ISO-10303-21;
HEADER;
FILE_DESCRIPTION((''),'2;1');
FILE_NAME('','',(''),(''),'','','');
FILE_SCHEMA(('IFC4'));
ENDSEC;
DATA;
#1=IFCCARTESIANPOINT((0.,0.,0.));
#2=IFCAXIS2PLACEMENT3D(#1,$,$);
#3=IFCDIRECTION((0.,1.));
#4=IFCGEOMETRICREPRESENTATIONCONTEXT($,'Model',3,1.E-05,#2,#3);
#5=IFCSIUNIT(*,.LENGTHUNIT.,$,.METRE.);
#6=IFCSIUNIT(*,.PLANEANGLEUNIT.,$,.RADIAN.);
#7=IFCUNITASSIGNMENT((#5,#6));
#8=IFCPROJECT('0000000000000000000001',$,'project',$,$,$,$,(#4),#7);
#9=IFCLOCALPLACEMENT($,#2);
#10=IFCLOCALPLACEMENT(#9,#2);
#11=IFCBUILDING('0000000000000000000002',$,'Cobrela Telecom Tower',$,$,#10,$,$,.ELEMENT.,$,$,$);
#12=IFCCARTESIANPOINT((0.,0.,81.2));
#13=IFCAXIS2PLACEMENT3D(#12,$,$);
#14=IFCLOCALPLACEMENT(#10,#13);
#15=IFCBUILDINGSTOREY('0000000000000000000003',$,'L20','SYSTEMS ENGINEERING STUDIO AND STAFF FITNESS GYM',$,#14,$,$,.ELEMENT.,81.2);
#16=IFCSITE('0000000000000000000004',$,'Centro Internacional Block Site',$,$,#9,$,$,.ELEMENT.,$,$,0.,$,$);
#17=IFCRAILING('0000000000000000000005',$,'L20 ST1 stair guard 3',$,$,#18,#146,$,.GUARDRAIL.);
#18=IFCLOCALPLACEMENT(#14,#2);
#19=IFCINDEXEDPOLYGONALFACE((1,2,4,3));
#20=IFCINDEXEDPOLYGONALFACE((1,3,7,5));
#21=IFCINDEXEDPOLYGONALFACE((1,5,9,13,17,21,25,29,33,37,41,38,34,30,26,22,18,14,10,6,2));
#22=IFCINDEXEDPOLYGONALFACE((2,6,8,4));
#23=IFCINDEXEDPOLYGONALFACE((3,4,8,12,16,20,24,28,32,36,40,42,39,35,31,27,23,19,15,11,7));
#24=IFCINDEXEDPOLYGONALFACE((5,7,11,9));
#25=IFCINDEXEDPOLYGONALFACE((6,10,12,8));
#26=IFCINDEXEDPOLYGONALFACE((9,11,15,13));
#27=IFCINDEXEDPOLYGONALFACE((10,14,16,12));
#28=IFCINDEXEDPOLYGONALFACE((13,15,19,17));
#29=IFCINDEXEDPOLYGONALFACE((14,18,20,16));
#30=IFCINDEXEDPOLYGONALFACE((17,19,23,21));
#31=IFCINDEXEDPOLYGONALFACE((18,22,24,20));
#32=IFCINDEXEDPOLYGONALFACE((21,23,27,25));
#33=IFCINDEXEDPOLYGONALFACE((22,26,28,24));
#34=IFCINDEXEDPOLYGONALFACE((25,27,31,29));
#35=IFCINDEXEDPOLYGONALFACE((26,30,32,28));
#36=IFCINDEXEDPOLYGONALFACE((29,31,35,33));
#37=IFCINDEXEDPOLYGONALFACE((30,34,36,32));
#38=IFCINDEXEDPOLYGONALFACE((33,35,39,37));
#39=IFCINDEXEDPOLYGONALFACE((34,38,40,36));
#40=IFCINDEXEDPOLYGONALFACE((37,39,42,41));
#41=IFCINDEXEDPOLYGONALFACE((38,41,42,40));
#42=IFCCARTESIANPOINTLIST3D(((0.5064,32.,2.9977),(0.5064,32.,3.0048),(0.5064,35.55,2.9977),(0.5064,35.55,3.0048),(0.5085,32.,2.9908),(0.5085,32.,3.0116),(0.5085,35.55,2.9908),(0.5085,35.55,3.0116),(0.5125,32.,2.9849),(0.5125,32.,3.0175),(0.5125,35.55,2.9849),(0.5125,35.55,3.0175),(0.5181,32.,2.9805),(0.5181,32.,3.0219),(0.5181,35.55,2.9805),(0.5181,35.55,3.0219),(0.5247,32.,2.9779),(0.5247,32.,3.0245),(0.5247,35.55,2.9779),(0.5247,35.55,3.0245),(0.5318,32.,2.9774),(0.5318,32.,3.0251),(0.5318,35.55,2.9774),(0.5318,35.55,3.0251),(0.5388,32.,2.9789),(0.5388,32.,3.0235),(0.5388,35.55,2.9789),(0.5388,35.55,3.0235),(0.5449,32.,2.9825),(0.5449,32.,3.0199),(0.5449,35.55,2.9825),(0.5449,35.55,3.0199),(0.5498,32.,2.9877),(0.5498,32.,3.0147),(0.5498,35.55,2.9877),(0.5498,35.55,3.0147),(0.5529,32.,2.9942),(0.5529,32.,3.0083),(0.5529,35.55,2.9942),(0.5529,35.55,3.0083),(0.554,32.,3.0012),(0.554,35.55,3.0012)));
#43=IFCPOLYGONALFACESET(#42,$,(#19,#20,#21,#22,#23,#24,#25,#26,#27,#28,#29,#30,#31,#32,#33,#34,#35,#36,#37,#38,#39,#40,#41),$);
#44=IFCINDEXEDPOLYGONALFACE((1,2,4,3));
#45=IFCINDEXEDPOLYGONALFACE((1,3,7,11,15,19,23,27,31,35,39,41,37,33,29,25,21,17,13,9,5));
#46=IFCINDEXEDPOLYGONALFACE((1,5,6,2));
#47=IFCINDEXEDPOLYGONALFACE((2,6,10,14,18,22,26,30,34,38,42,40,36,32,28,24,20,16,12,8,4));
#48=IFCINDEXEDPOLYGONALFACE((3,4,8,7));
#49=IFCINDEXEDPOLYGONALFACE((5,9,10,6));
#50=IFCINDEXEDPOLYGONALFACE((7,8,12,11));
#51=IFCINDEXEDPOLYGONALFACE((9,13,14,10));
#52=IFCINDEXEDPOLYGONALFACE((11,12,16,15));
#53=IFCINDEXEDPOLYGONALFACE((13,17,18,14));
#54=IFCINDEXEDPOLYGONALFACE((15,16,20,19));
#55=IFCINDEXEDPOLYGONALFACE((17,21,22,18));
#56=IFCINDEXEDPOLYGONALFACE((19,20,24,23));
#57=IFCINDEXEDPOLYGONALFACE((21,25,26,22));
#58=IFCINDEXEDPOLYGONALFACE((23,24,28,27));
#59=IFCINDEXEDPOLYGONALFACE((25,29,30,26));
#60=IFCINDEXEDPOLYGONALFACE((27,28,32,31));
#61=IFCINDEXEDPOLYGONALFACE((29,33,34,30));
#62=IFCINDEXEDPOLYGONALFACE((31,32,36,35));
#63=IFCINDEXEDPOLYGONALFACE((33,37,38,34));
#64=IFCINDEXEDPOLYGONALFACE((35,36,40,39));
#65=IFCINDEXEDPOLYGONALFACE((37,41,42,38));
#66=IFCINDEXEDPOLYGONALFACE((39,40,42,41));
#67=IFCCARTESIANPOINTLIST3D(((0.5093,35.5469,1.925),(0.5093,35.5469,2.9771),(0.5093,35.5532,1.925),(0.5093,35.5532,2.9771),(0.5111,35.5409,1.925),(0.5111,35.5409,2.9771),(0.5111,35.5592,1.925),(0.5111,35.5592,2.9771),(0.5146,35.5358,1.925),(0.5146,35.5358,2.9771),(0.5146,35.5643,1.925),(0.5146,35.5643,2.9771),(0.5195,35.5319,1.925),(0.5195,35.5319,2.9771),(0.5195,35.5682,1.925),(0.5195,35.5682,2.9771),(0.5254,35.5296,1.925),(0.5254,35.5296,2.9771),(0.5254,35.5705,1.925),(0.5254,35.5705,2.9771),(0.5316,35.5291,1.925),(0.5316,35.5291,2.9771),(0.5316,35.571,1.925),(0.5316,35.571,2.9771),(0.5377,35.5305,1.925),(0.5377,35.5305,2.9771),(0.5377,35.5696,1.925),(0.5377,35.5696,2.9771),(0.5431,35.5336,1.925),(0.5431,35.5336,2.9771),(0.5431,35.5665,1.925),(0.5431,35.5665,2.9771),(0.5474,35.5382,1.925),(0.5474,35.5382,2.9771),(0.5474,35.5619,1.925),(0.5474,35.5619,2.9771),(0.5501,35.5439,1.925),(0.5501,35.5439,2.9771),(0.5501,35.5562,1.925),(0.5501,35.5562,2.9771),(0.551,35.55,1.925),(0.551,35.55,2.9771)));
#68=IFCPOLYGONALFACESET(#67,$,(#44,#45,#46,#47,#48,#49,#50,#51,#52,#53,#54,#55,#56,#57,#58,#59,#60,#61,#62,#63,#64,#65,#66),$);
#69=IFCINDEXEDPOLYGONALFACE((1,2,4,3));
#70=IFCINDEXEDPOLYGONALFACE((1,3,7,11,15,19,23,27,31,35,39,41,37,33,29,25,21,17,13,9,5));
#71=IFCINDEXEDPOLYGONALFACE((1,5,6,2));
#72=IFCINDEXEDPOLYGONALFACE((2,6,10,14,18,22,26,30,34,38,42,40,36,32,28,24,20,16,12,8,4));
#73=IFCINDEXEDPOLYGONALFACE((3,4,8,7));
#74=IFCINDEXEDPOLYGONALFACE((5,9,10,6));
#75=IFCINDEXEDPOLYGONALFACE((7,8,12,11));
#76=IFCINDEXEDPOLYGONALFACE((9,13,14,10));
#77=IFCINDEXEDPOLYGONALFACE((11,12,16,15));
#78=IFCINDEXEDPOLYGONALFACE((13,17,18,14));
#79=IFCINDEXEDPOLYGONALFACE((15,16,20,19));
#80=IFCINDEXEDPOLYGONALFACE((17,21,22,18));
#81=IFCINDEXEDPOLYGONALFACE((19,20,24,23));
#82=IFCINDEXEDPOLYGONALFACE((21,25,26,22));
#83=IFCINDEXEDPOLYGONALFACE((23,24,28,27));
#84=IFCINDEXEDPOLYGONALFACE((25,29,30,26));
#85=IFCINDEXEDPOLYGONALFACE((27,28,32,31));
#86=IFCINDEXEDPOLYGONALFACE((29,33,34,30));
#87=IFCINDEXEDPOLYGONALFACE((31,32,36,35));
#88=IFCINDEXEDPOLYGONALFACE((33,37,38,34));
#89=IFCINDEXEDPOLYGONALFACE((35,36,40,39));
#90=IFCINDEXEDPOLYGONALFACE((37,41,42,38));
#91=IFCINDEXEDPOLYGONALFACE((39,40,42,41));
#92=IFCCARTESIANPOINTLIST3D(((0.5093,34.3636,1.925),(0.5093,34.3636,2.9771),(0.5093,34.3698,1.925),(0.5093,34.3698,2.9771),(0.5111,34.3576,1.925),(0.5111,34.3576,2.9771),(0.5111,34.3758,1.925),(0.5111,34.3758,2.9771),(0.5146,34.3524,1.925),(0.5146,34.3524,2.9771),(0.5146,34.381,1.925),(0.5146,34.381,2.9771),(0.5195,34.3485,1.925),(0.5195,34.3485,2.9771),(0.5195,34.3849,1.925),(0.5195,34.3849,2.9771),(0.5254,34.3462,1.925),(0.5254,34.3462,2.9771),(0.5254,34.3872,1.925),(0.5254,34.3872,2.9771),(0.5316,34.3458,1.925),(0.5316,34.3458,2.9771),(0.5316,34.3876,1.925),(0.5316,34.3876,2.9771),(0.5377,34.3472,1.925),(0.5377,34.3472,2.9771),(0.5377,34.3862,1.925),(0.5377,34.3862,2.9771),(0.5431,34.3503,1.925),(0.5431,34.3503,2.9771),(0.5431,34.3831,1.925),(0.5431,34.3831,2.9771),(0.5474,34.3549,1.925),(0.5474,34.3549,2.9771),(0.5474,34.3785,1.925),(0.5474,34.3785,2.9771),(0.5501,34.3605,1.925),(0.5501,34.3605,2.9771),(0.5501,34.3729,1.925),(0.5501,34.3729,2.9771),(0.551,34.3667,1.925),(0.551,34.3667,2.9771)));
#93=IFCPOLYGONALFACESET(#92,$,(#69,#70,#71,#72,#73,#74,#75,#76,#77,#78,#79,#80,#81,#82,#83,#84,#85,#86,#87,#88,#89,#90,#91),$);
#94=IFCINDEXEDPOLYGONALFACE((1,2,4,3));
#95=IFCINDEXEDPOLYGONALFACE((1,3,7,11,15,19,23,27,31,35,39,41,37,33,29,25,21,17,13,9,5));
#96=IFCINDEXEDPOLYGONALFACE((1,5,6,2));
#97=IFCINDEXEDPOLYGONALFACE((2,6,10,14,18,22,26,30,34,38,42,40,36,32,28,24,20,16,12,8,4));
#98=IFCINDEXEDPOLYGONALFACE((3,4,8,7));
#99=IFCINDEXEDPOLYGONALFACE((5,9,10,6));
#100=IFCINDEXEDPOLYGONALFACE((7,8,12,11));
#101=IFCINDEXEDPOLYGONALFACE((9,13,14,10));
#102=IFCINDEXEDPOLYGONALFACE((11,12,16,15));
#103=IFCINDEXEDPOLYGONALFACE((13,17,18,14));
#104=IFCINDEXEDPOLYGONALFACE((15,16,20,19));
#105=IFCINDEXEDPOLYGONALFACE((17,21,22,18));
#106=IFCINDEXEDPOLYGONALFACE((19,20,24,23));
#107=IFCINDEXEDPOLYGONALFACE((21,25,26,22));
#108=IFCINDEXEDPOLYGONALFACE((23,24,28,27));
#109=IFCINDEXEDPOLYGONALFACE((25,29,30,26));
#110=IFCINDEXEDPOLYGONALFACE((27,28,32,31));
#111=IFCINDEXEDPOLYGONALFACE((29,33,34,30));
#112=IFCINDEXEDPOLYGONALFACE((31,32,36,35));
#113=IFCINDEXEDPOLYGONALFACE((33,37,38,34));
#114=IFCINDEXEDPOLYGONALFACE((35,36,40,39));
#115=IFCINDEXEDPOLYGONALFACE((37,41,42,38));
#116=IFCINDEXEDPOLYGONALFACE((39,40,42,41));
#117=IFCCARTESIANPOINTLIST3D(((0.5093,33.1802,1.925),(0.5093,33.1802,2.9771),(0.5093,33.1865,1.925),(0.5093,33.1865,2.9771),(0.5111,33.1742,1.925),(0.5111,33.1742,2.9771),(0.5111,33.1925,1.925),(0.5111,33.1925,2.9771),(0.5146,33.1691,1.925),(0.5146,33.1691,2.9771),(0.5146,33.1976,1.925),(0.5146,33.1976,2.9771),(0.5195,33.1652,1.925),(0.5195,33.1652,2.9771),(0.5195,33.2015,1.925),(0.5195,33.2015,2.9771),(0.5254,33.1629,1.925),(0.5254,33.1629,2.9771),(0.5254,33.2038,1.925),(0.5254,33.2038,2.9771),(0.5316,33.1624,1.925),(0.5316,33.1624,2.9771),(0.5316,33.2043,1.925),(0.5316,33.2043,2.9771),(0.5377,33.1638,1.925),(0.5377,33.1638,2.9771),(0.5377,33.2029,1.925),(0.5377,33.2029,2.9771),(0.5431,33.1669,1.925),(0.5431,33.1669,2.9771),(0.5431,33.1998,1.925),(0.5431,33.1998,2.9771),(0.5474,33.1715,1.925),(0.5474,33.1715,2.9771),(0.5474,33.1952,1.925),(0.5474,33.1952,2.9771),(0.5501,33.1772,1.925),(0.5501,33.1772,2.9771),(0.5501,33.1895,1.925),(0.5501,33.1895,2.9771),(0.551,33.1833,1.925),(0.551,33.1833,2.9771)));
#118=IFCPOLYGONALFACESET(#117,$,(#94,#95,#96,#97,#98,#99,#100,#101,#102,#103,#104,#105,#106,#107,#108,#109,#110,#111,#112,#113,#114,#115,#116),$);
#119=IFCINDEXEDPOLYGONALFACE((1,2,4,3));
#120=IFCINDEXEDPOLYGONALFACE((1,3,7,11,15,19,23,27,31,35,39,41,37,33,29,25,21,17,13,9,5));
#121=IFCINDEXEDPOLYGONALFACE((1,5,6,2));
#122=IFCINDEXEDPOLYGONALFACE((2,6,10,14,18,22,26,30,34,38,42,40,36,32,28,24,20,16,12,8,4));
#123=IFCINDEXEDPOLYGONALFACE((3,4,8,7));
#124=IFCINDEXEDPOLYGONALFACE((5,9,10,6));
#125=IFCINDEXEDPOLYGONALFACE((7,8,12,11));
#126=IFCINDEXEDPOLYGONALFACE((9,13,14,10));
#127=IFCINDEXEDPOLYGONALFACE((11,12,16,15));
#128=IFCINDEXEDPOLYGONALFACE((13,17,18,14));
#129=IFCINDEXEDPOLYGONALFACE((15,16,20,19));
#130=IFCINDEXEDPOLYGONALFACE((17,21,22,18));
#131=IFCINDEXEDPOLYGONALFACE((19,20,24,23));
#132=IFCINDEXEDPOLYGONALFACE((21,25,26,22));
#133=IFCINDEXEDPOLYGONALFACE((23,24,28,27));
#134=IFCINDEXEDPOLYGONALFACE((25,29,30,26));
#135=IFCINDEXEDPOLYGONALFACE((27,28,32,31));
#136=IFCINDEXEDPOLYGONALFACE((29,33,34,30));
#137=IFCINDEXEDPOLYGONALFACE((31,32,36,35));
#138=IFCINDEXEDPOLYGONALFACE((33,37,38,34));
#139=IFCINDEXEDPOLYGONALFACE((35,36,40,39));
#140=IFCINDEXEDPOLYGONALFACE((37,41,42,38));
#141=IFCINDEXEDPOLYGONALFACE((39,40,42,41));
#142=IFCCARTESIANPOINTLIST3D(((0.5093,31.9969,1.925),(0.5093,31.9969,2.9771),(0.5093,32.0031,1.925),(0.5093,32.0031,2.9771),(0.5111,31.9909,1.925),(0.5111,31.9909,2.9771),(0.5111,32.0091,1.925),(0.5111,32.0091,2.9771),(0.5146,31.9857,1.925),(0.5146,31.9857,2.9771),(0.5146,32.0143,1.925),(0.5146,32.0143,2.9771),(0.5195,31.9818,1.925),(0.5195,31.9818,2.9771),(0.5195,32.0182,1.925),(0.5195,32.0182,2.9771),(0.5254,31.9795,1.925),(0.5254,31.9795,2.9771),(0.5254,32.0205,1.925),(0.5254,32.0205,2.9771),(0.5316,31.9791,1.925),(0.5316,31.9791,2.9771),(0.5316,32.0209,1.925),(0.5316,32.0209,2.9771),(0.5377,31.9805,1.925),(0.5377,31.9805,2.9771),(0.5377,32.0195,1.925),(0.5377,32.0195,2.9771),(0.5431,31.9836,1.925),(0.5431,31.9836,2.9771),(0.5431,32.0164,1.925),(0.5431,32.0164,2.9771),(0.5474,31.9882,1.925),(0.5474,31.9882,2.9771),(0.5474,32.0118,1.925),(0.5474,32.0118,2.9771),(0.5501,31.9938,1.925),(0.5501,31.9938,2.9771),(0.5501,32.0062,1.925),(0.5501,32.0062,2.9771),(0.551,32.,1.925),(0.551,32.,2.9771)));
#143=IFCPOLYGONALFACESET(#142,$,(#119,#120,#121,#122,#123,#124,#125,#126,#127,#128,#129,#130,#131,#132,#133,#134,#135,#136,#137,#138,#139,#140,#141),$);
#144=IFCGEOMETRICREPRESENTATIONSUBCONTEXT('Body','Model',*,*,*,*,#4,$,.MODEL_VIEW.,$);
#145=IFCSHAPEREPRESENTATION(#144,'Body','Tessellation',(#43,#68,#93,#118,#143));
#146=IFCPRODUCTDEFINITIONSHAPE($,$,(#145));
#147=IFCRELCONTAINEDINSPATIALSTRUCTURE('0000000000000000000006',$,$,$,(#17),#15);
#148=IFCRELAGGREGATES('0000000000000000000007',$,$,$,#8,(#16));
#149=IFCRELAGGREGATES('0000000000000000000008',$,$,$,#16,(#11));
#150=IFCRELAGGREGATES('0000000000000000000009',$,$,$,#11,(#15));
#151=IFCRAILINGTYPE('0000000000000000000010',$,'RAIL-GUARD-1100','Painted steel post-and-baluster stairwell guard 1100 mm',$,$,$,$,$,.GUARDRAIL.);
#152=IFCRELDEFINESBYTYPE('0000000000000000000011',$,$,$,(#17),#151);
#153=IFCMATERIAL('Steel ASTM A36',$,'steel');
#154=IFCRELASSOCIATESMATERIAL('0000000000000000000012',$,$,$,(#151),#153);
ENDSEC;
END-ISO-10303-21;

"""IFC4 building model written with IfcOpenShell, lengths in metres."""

from ifc_helpers import new_model, si_unit, direction, frame, origin, origin_2d, place, context, subcontext, project, spatial, circle, extrude, material, type_object, element, save


model = new_model("IFC4")

# Units and contexts
model_context = context("Model", 3, precision=1e-05, world=origin(), true_north=direction((0.0, 1.0)))
body_context = subcontext(model_context, "Body", "Model", "MODEL_VIEW")
ifc_project = project(units=[si_unit("LENGTHUNIT", "METRE"), si_unit("PLANEANGLEUNIT", "RADIAN")], contexts=[model_context])

# Site, building, storey
site_placement = place(None, origin())
site = spatial("IfcSite", under=ifc_project, at=site_placement, Name="Centro Internacional Block Site", CompositionType="ELEMENT", RefElevation=0.0)
building_placement = place(site_placement, origin())
building = spatial("IfcBuilding", under=site, at=building_placement, Name="Cobrela Telecom Tower", CompositionType="ELEMENT")
storey_placement = place(building_placement, frame((0.0, 0.0, 81.2)))
storey = spatial("IfcBuildingStorey", under=building, at=storey_placement, Name="L20", Description="SYSTEMS ENGINEERING STUDIO AND STAFF FITNESS GYM", CompositionType="ELEMENT", Elevation=81.2)

# Shared definitions
ifc_material_1 = material(Name="Steel ASTM A36", Category="steel")

# Railing
railing_type_1 = type_object("IfcRailingType", Name="RAIL-GUARD-1100", Description="Painted steel post-and-baluster stairwell guard 1100 mm", PredefinedType="GUARDRAIL", material=ifc_material_1)
railing_1_placement = place(storey_placement, frame((0.53, 35.55, 1.925)))
element("IfcRailing", 1, at=railing_1_placement, inside=storey, type_object=railing_type_1, Name="L20 ST1 stair guard 3", PredefinedType="GUARDRAIL", context=body_context, shape_type="SweptSolid", body=[
    extrude(circle(Radius=0.0239, at=origin_2d()), frame((0.0, 0.0, 1.0762), z_axis=(0.0, -1.0, 0.0), x_axis=(1.0, 0.0, 0.0)), (0.0, 0.0, 1.0), 3.55),
    extrude(circle(Radius=0.021, at=origin_2d()), origin(), (0.0, 0.0, 1.0), 1.052),
    extrude(circle(Radius=0.021, at=origin_2d()), frame((0.0, -1.1833, 0.0)), (0.0, 0.0, 1.0), 1.052),
    extrude(circle(Radius=0.021, at=origin_2d()), frame((0.0, -2.3667, 0.0)), (0.0, 0.0, 1.0), 1.052),
    extrude(circle(Radius=0.021, at=origin_2d()), frame((0.0, -3.55, 0.0)), (0.0, 0.0, 1.0), 1.052),
])

save(model, "model.ifc")
